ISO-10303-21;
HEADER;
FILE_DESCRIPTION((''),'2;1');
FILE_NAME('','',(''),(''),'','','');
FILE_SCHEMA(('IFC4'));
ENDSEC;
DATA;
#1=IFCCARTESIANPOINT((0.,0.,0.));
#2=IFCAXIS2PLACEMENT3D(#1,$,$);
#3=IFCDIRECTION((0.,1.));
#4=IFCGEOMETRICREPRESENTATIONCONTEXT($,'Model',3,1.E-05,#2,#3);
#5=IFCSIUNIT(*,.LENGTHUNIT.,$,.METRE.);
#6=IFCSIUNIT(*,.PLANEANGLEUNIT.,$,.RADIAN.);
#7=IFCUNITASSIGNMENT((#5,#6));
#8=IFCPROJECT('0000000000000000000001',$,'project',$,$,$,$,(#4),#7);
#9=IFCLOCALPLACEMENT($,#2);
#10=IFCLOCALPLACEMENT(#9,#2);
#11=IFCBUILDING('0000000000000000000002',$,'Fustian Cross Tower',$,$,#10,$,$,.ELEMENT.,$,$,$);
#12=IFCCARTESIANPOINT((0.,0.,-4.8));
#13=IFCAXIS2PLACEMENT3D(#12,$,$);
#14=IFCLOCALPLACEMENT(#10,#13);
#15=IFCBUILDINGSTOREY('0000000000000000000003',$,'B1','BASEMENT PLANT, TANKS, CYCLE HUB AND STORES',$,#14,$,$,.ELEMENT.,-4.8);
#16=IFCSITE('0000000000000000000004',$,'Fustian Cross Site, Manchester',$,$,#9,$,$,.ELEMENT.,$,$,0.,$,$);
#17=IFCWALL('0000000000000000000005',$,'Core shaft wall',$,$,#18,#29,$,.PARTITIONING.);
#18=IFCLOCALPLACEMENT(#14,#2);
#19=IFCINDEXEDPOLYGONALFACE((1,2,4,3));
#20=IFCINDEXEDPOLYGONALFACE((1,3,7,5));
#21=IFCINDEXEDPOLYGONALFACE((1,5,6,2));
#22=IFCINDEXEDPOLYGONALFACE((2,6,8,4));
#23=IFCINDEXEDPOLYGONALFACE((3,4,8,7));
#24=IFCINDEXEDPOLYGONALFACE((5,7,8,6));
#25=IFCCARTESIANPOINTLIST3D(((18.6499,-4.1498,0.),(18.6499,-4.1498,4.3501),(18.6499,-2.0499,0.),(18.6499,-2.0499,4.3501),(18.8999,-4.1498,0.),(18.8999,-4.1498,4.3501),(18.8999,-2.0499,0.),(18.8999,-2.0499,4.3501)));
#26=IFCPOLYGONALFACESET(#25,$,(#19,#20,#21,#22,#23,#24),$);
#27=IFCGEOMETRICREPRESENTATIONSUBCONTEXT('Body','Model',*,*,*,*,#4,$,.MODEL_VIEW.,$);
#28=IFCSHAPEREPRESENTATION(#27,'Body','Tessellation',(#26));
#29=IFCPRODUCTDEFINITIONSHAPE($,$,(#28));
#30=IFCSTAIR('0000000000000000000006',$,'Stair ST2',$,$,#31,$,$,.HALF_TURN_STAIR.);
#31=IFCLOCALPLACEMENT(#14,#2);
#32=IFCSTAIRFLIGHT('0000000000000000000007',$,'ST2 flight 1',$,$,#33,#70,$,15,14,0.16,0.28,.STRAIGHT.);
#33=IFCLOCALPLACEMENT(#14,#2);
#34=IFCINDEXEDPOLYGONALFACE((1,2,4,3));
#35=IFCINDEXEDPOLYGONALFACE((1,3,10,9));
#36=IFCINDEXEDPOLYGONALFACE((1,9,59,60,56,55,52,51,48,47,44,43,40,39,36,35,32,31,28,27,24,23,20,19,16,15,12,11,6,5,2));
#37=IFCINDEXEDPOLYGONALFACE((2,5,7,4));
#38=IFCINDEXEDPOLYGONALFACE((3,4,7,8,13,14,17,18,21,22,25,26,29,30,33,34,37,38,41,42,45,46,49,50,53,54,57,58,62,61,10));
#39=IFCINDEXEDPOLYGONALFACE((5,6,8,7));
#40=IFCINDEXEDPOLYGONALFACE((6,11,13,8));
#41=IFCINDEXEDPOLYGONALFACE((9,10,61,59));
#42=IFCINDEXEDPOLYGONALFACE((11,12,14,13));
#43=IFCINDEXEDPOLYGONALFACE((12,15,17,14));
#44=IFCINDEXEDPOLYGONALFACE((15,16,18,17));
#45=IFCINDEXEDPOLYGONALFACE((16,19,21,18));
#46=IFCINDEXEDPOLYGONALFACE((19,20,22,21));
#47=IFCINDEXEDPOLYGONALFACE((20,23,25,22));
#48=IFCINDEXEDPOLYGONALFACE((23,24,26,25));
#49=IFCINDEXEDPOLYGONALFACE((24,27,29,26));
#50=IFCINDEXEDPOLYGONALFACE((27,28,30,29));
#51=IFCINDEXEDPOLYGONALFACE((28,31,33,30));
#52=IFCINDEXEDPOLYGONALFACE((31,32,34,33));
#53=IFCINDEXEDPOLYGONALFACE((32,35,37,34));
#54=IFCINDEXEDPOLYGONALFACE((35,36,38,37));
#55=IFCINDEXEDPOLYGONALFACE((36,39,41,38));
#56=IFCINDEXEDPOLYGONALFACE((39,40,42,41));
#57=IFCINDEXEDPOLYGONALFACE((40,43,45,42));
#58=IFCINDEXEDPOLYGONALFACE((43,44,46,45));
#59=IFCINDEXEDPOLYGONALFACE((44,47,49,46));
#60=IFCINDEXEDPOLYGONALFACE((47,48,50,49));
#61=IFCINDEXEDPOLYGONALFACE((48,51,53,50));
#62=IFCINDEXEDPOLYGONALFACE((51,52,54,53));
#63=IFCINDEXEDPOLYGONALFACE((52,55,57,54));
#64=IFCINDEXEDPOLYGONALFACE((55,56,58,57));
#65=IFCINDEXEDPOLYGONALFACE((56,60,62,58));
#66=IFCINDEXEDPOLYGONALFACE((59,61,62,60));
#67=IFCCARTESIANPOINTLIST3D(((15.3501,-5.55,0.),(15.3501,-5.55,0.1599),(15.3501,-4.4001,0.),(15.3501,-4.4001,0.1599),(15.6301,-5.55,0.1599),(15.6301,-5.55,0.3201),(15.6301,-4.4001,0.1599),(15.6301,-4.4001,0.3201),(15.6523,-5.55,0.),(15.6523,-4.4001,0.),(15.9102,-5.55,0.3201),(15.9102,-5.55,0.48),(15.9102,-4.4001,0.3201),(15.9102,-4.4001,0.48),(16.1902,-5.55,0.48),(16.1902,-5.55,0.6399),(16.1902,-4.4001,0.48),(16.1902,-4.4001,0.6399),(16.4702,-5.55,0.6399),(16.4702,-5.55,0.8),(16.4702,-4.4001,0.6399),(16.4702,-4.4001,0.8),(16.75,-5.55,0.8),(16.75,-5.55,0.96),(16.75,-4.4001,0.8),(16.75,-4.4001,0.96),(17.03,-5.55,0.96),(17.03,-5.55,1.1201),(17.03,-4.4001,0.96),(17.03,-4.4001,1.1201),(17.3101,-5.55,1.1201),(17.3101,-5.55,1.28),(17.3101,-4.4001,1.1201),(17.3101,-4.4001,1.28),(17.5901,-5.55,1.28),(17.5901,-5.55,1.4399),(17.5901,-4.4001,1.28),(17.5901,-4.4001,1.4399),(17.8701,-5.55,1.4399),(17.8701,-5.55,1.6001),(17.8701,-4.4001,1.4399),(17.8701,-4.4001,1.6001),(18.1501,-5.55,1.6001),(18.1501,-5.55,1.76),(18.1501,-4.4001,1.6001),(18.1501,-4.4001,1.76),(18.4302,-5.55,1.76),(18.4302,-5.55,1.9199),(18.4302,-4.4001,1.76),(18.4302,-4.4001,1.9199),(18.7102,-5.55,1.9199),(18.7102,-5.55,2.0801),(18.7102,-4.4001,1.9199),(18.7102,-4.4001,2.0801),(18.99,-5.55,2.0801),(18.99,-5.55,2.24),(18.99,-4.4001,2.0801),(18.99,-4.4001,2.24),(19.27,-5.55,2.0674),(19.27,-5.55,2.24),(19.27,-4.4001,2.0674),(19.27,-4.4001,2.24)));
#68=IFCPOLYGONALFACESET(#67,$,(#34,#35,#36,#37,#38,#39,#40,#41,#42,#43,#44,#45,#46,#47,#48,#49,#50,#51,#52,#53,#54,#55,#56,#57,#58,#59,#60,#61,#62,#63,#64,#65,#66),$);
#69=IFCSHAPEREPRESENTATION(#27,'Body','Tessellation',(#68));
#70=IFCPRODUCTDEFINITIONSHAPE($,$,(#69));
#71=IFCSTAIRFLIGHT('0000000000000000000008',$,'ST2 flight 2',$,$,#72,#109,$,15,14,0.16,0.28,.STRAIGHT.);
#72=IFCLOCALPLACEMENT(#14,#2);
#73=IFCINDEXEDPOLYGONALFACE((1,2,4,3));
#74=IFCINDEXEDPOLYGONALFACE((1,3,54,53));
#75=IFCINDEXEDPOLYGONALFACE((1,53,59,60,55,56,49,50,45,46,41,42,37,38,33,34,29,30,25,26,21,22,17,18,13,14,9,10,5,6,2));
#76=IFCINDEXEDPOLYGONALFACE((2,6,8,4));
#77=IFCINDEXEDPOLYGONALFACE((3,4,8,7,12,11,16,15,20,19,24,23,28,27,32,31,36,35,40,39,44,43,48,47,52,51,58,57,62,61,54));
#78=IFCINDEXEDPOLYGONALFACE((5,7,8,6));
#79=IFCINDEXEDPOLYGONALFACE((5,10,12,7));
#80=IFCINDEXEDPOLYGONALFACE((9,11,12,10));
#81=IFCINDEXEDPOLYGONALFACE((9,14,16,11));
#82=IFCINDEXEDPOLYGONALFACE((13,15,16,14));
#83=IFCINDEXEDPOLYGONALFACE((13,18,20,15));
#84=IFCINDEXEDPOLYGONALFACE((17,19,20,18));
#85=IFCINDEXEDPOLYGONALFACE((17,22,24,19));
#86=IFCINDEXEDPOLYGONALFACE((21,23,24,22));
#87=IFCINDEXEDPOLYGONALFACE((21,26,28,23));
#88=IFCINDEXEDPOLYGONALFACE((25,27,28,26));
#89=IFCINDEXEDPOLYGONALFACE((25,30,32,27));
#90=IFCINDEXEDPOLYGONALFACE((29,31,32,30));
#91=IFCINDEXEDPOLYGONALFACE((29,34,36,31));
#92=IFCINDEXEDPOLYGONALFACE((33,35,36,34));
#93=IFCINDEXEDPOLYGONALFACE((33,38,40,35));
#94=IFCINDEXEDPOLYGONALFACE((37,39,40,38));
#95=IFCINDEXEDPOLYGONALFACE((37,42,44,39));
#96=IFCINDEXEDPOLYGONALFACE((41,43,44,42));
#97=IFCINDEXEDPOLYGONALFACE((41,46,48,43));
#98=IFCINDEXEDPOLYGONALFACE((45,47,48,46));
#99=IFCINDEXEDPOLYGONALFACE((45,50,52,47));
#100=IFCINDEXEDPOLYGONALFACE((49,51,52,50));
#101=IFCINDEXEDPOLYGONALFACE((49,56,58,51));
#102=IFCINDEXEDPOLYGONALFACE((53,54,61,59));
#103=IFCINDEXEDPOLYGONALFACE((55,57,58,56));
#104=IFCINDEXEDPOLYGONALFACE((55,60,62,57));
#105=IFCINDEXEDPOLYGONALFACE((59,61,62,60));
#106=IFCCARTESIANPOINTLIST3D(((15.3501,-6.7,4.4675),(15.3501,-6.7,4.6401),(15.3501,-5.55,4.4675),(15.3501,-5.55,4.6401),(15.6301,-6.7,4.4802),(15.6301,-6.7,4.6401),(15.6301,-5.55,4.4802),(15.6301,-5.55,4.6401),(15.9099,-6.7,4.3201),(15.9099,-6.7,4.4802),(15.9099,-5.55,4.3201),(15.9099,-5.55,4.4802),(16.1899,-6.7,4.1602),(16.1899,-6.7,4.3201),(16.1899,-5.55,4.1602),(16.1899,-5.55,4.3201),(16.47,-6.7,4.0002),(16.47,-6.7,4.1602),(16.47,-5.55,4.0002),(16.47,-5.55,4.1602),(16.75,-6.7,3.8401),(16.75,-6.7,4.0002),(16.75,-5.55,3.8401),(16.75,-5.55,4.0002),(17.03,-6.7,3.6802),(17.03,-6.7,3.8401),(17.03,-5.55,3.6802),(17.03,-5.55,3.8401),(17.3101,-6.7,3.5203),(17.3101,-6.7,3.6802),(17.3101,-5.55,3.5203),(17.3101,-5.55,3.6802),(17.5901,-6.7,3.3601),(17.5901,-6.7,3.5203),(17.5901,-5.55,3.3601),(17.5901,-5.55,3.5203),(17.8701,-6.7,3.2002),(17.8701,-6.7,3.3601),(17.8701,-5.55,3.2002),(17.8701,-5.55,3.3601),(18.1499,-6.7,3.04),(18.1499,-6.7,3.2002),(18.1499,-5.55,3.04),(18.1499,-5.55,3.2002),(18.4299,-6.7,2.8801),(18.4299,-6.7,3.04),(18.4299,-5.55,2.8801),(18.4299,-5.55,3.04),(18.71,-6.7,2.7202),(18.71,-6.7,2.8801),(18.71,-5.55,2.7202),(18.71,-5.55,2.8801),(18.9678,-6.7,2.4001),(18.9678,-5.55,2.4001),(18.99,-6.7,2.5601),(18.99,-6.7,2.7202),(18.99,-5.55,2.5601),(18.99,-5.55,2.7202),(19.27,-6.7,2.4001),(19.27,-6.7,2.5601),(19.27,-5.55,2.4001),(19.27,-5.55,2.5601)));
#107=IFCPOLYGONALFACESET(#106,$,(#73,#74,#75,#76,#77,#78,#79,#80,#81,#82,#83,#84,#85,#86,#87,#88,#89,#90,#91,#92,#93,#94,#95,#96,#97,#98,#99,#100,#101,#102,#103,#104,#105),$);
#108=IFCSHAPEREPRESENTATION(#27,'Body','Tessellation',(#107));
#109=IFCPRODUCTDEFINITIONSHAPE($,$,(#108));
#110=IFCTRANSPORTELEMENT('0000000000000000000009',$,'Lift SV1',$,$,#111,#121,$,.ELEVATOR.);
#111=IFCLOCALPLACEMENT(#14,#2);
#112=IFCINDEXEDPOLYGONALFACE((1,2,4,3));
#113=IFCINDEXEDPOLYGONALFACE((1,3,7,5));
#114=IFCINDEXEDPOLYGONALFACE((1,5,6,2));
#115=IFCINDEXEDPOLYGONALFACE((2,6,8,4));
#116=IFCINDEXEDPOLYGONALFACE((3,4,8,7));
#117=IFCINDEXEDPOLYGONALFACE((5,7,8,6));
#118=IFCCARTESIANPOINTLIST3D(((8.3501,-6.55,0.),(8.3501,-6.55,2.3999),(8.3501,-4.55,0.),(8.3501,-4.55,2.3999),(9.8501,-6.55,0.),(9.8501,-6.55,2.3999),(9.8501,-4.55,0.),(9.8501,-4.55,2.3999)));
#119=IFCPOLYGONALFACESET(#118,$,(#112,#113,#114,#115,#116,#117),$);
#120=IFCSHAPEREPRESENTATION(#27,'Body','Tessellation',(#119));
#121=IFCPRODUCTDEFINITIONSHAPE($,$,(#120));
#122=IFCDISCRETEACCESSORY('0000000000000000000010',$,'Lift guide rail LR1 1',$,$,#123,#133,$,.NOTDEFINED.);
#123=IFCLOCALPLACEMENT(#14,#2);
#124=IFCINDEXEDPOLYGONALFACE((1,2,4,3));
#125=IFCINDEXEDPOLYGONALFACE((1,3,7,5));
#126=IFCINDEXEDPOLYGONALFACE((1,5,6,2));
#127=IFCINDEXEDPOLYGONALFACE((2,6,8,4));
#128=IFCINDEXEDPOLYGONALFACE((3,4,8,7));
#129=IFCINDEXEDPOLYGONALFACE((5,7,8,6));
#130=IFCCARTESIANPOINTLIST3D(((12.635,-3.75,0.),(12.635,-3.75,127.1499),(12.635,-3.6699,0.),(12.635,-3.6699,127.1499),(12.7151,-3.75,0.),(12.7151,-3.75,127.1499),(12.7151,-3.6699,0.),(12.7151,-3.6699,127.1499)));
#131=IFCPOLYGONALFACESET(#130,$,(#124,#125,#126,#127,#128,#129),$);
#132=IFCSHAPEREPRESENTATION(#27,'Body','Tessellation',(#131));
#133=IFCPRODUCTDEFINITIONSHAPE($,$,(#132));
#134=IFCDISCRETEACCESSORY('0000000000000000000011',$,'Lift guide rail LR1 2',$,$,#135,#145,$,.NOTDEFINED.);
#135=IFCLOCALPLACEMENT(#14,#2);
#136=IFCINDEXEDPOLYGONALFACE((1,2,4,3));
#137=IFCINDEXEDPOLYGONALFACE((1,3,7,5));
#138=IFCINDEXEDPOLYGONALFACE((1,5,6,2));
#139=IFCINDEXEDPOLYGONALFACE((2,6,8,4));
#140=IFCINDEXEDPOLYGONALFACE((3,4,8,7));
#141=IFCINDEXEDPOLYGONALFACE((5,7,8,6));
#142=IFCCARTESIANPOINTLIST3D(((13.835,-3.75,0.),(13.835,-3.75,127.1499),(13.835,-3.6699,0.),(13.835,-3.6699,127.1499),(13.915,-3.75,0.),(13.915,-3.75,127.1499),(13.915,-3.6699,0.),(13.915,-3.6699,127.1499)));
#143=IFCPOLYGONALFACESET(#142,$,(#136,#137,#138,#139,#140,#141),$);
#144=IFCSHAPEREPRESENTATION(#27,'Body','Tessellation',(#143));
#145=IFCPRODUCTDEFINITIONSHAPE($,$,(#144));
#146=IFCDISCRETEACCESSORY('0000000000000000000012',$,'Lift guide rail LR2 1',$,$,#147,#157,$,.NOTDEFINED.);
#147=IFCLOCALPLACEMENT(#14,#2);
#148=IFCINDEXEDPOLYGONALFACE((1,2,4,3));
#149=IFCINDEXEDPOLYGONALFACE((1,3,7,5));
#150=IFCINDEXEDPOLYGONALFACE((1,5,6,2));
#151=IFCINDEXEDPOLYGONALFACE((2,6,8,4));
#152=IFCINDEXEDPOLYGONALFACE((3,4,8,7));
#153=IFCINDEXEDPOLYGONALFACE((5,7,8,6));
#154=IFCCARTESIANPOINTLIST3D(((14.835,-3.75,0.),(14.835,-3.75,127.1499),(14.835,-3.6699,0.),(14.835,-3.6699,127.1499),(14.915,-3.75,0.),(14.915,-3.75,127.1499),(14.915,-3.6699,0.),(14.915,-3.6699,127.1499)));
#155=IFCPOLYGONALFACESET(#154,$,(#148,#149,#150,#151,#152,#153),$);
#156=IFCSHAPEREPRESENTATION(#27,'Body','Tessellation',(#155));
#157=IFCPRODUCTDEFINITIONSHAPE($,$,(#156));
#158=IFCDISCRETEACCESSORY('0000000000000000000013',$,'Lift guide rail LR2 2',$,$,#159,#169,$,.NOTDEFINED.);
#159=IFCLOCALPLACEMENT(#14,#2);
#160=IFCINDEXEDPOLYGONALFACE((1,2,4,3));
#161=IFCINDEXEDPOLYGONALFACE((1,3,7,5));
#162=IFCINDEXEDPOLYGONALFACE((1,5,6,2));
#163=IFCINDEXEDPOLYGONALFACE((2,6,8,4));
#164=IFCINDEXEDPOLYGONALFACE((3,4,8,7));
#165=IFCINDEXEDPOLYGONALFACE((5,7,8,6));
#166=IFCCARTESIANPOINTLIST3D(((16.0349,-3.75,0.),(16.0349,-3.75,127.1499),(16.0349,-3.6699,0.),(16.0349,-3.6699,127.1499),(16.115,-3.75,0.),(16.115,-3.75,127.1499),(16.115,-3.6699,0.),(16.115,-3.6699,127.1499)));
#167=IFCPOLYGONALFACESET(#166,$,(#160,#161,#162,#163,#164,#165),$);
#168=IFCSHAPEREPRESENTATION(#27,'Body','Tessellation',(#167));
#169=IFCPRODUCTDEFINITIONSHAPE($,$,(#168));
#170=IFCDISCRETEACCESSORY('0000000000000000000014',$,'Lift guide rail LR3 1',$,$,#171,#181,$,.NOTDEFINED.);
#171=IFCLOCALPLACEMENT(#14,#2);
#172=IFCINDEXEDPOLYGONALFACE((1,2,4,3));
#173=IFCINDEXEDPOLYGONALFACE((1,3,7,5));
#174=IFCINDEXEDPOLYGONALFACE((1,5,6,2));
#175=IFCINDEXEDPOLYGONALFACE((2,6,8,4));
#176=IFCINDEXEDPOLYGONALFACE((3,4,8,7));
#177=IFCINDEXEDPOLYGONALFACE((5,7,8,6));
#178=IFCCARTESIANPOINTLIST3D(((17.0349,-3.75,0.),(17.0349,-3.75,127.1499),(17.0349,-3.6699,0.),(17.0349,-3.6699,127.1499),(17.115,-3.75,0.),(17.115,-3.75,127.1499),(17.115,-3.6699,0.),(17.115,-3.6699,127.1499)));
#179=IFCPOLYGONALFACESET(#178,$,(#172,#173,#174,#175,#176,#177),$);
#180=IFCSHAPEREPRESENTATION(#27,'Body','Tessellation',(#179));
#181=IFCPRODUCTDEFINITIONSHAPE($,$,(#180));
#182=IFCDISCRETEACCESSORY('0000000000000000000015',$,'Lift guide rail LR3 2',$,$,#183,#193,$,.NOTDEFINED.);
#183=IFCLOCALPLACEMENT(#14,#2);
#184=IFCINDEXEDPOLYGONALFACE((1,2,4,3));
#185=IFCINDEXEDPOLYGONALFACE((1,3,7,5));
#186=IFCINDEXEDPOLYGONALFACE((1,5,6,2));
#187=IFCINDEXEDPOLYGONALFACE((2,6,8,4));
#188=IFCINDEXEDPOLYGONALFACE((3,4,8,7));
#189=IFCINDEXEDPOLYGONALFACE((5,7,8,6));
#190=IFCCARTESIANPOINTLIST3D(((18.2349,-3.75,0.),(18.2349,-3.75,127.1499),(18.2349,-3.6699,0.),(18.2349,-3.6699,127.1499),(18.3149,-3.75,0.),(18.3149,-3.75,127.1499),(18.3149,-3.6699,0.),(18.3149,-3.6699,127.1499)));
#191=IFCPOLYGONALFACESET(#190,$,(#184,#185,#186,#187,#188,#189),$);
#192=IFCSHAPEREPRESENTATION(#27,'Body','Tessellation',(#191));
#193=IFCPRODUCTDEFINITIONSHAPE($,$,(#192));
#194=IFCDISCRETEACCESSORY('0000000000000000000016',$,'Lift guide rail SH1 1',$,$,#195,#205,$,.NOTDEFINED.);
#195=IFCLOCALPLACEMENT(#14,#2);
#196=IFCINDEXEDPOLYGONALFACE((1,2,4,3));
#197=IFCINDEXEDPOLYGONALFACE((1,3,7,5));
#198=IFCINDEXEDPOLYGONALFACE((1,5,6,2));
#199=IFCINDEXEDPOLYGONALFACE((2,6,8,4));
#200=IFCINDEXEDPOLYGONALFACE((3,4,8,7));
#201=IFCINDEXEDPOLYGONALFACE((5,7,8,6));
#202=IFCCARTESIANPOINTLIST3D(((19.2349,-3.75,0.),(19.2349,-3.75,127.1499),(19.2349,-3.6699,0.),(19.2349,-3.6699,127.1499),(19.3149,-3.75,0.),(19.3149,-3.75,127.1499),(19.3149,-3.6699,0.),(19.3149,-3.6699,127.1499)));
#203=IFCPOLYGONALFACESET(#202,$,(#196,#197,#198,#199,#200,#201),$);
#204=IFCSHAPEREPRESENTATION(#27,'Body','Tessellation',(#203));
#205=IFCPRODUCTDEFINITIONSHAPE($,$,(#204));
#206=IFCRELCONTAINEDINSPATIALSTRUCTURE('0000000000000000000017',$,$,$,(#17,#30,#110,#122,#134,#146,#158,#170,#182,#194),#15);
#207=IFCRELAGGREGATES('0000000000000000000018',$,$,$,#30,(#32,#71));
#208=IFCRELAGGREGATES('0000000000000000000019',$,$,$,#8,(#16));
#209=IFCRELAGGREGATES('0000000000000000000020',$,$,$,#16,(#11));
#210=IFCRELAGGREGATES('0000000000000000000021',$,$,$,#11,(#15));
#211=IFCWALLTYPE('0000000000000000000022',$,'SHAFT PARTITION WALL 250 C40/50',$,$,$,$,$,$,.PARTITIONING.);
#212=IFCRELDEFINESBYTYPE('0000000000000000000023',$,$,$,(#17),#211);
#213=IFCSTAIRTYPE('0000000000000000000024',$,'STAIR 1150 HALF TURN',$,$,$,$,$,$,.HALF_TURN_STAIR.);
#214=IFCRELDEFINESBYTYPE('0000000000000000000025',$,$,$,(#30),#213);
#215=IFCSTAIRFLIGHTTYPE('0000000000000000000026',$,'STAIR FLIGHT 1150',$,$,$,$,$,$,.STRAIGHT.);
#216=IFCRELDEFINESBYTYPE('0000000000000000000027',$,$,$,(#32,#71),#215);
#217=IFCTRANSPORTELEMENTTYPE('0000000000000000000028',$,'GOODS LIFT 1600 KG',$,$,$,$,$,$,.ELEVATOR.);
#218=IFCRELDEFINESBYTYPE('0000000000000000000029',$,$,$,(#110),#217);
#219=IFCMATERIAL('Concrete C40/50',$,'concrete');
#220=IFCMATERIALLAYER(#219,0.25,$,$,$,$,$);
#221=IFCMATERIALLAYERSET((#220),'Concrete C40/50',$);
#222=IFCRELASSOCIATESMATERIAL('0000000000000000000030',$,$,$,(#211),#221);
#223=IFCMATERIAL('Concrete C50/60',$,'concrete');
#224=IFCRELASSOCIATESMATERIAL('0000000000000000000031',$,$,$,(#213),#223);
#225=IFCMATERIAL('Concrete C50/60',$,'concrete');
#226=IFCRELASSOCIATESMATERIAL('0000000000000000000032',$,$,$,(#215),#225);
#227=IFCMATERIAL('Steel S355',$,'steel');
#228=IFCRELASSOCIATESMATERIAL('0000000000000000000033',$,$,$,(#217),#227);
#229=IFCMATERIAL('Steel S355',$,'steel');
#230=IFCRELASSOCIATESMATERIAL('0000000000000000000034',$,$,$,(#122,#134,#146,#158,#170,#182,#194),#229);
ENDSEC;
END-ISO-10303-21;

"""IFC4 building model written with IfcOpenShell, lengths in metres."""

from ifc_helpers import new_model, si_unit, direction, frame, frame_2d, origin, origin_2d, place, context, subcontext, project, spatial, polyline, rectangle, outline, extrude, material, layer, layer_set, type_object, element, aggregate, save


model = new_model("IFC4")

# Units and contexts
model_context = context("Model", 3, precision=1e-05, world=origin(), true_north=direction((0.0, 1.0)))
body_context = subcontext(model_context, "Body", "Model", "MODEL_VIEW")
ifc_project = project(units=[si_unit("LENGTHUNIT", "METRE"), si_unit("PLANEANGLEUNIT", "RADIAN")], contexts=[model_context])

# Site, building, storey
site_placement = place(None, origin())
site = spatial("IfcSite", under=ifc_project, at=site_placement, Name="Fustian Cross Site, Manchester", CompositionType="ELEMENT", RefElevation=0.0)
building_placement = place(site_placement, origin())
building = spatial("IfcBuilding", under=site, at=building_placement, Name="Fustian Cross Tower", CompositionType="ELEMENT")
storey_placement = place(building_placement, frame((0.0, 0.0, -4.8)))
storey = spatial("IfcBuildingStorey", under=building, at=storey_placement, Name="B1", Description="BASEMENT PLANT, TANKS, CYCLE HUB AND STORES", CompositionType="ELEMENT", Elevation=-4.8)

# Wall
ifc_material_1 = material(Name="Concrete C40/50", Category="concrete")
ifc_layer_1 = layer(ifc_material_1, 0.25)
ifc_layer_set_1 = layer_set([ifc_layer_1], Name="Concrete C40/50")
wall_type_1 = type_object("IfcWallType", Name="SHAFT PARTITION WALL 250 C40/50", PredefinedType="PARTITIONING", material=ifc_layer_set_1)
wall_1_placement = place(storey_placement, frame((18.7749, -2.05, 0.0), z_axis=(0.0, 0.0, 1.0), x_axis=(0.0, -1.0, 0.0)))
element("IfcWall", 1, at=wall_1_placement, inside=storey, type_object=wall_type_1, Name="Core shaft wall", PredefinedType="PARTITIONING", context=body_context, shape_type="SweptSolid", body=[
    extrude(rectangle(XDim=2.0999, YDim=0.25, at=frame_2d((1.0498, 0.0))), origin(), (0.0, 0.0, 1.0), 4.3501),
])

# Stair, stair flights
ifc_material_2 = material(Name="Concrete C50/60", Category="concrete")
stair_type = type_object("IfcStairType", Name="STAIR 1150 HALF TURN", PredefinedType="HALF_TURN_STAIR", material=ifc_material_2)
stair_placement = place(storey_placement, origin())
stair = element("IfcStair", 2, at=stair_placement, inside=storey, type_object=stair_type, Name="Stair ST2", PredefinedType="HALF_TURN_STAIR")
ifc_material_3 = material(Name="Concrete C50/60", Category="concrete")
stair_flight_type = type_object("IfcStairFlightType", Name="STAIR FLIGHT 1150", PredefinedType="STRAIGHT", material=ifc_material_3)
stair_flight_1_placement = place(storey_placement, frame((15.3501, -4.9751, 0.0), z_axis=(0.0, 0.0, 1.0), x_axis=(1.0, 0.0, 0.0)))
stair_flight_1 = element("IfcStairFlight", 3, at=stair_flight_1_placement, type_object=stair_flight_type, Name="ST2 flight 1", NumberOfRisers=15, NumberOfTreads=14, PredefinedType="STRAIGHT", RiserHeight=0.16, TreadLength=0.28, context=body_context, shape_type="SweptSolid", body=[
    extrude(outline(polyline([(0.0, 0.0), (0.0, 0.1599), (0.28, 0.1599), (0.28, 0.3201), (0.5601, 0.3201), (0.5601, 0.48), (0.8401, 0.48), (0.8401, 0.6399), (1.1201, 0.6399), (1.1201, 0.8), (1.3999, 0.8), (1.3999, 0.96), (1.6799, 0.96), (1.6799, 1.1201), (1.96, 1.1201), (1.96, 1.28), (2.24, 1.28), (2.24, 1.4399), (2.52, 1.4399), (2.52, 1.6001), (2.8, 1.6001), (2.8, 1.76), (3.0801, 1.76), (3.0801, 1.9199), (3.3601, 1.9199), (3.3601, 2.0801), (3.6399, 2.0801), (3.6399, 2.24), (3.9199, 2.24), (3.9199, 2.3999), (3.9199, 2.0674), (0.3022, 0.0), (0.0, 0.0)])), frame((0.0, 0.575, 0.0), z_axis=(0.0, -1.0, 0.0), x_axis=(1.0, 0.0, 0.0)), (0.0, 0.0, 1.0), 1.1499),
])
stair_flight_2_placement = place(storey_placement, frame((19.27, -6.125, 2.4001), z_axis=(0.0, 0.0, 1.0), x_axis=(-1.0, 0.0, 0.0)))
stair_flight_2 = element("IfcStairFlight", 4, at=stair_flight_2_placement, type_object=stair_flight_type, Name="ST2 flight 2", NumberOfRisers=15, NumberOfTreads=14, PredefinedType="STRAIGHT", RiserHeight=0.16, TreadLength=0.28, context=body_context, shape_type="SweptSolid", body=[
    extrude(outline(polyline([(0.0, 0.0), (0.0, 0.1599), (0.28, 0.1599), (0.28, 0.3201), (0.5601, 0.3201), (0.5601, 0.48), (0.8401, 0.48), (0.8401, 0.6399), (1.1201, 0.6399), (1.1201, 0.8), (1.3999, 0.8), (1.3999, 0.96), (1.6799, 0.96), (1.6799, 1.1201), (1.96, 1.1201), (1.96, 1.28), (2.24, 1.28), (2.24, 1.4399), (2.52, 1.4399), (2.52, 1.6001), (2.8, 1.6001), (2.8, 1.76), (3.0801, 1.76), (3.0801, 1.9199), (3.3601, 1.9199), (3.3601, 2.0801), (3.6399, 2.0801), (3.6399, 2.24), (3.9199, 2.24), (3.9199, 2.3999), (3.9199, 2.0674), (0.3022, 0.0), (0.0, 0.0)])), frame((0.0, 0.575, 0.0), z_axis=(0.0, -1.0, 0.0), x_axis=(1.0, 0.0, 0.0)), (0.0, 0.0, 1.0), 1.1499),
])
aggregate(stair, [stair_flight_1, stair_flight_2])

# Transport element
ifc_material_4 = material(Name="Steel S355", Category="steel")
transport_element_type = type_object("IfcTransportElementType", Name="GOODS LIFT 1600 KG", PredefinedType="ELEVATOR", material=ifc_material_4)
transport_element_placement = place(storey_placement, frame((9.1001, -5.55, 0.0), z_axis=(0.0, 0.0, 1.0), x_axis=(1.0, 0.0, 0.0)))
element("IfcTransportElement", 5, at=transport_element_placement, inside=storey, type_object=transport_element_type, Name="Lift SV1", PredefinedType="ELEVATOR", context=body_context, shape_type="SweptSolid", body=[
    extrude(rectangle(XDim=1.5, YDim=2.0, at=origin_2d()), origin(), (0.0, 0.0, 1.0), 2.3999),
])

# Discrete accessories
ifc_material_5 = material(Name="Steel S355", Category="steel")
for number, where, z_axis, x_axis, name in (
    (6, (12.675, -3.71, 0.0), (0.0, 0.0, 1.0), (1.0, 0.0, 0.0), "Lift guide rail LR1 1"),
    (7, (13.875, -3.71, 0.0), (0.0, 0.0, 1.0), (1.0, 0.0, 0.0), "Lift guide rail LR1 2"),
    (8, (14.875, -3.71, 0.0), (0.0, 0.0, 1.0), (1.0, 0.0, 0.0), "Lift guide rail LR2 1"),
    (9, (16.075, -3.71, 0.0), (0.0, 0.0, 1.0), (1.0, 0.0, 0.0), "Lift guide rail LR2 2"),
    (10, (17.075, -3.71, 0.0), (0.0, 0.0, 1.0), (1.0, 0.0, 0.0), "Lift guide rail LR3 1"),
    (11, (18.2749, -3.71, 0.0), (0.0, 0.0, 1.0), (1.0, 0.0, 0.0), "Lift guide rail LR3 2"),
    (12, (19.2749, -3.71, 0.0), (0.0, 0.0, 1.0), (1.0, 0.0, 0.0), "Lift guide rail SH1 1"),
):
    element("IfcDiscreteAccessory", number, at=place(storey_placement, frame(where, z_axis=z_axis, x_axis=x_axis)), inside=storey, material=ifc_material_5, Name=name, PredefinedType="NOTDEFINED", context=body_context, shape_type="SweptSolid", body=[
        extrude(rectangle(XDim=0.0801, YDim=0.0801, at=origin_2d()), origin(), (0.0, 0.0, 1.0), 127.1499),
    ])

save(model, "model.ifc")
